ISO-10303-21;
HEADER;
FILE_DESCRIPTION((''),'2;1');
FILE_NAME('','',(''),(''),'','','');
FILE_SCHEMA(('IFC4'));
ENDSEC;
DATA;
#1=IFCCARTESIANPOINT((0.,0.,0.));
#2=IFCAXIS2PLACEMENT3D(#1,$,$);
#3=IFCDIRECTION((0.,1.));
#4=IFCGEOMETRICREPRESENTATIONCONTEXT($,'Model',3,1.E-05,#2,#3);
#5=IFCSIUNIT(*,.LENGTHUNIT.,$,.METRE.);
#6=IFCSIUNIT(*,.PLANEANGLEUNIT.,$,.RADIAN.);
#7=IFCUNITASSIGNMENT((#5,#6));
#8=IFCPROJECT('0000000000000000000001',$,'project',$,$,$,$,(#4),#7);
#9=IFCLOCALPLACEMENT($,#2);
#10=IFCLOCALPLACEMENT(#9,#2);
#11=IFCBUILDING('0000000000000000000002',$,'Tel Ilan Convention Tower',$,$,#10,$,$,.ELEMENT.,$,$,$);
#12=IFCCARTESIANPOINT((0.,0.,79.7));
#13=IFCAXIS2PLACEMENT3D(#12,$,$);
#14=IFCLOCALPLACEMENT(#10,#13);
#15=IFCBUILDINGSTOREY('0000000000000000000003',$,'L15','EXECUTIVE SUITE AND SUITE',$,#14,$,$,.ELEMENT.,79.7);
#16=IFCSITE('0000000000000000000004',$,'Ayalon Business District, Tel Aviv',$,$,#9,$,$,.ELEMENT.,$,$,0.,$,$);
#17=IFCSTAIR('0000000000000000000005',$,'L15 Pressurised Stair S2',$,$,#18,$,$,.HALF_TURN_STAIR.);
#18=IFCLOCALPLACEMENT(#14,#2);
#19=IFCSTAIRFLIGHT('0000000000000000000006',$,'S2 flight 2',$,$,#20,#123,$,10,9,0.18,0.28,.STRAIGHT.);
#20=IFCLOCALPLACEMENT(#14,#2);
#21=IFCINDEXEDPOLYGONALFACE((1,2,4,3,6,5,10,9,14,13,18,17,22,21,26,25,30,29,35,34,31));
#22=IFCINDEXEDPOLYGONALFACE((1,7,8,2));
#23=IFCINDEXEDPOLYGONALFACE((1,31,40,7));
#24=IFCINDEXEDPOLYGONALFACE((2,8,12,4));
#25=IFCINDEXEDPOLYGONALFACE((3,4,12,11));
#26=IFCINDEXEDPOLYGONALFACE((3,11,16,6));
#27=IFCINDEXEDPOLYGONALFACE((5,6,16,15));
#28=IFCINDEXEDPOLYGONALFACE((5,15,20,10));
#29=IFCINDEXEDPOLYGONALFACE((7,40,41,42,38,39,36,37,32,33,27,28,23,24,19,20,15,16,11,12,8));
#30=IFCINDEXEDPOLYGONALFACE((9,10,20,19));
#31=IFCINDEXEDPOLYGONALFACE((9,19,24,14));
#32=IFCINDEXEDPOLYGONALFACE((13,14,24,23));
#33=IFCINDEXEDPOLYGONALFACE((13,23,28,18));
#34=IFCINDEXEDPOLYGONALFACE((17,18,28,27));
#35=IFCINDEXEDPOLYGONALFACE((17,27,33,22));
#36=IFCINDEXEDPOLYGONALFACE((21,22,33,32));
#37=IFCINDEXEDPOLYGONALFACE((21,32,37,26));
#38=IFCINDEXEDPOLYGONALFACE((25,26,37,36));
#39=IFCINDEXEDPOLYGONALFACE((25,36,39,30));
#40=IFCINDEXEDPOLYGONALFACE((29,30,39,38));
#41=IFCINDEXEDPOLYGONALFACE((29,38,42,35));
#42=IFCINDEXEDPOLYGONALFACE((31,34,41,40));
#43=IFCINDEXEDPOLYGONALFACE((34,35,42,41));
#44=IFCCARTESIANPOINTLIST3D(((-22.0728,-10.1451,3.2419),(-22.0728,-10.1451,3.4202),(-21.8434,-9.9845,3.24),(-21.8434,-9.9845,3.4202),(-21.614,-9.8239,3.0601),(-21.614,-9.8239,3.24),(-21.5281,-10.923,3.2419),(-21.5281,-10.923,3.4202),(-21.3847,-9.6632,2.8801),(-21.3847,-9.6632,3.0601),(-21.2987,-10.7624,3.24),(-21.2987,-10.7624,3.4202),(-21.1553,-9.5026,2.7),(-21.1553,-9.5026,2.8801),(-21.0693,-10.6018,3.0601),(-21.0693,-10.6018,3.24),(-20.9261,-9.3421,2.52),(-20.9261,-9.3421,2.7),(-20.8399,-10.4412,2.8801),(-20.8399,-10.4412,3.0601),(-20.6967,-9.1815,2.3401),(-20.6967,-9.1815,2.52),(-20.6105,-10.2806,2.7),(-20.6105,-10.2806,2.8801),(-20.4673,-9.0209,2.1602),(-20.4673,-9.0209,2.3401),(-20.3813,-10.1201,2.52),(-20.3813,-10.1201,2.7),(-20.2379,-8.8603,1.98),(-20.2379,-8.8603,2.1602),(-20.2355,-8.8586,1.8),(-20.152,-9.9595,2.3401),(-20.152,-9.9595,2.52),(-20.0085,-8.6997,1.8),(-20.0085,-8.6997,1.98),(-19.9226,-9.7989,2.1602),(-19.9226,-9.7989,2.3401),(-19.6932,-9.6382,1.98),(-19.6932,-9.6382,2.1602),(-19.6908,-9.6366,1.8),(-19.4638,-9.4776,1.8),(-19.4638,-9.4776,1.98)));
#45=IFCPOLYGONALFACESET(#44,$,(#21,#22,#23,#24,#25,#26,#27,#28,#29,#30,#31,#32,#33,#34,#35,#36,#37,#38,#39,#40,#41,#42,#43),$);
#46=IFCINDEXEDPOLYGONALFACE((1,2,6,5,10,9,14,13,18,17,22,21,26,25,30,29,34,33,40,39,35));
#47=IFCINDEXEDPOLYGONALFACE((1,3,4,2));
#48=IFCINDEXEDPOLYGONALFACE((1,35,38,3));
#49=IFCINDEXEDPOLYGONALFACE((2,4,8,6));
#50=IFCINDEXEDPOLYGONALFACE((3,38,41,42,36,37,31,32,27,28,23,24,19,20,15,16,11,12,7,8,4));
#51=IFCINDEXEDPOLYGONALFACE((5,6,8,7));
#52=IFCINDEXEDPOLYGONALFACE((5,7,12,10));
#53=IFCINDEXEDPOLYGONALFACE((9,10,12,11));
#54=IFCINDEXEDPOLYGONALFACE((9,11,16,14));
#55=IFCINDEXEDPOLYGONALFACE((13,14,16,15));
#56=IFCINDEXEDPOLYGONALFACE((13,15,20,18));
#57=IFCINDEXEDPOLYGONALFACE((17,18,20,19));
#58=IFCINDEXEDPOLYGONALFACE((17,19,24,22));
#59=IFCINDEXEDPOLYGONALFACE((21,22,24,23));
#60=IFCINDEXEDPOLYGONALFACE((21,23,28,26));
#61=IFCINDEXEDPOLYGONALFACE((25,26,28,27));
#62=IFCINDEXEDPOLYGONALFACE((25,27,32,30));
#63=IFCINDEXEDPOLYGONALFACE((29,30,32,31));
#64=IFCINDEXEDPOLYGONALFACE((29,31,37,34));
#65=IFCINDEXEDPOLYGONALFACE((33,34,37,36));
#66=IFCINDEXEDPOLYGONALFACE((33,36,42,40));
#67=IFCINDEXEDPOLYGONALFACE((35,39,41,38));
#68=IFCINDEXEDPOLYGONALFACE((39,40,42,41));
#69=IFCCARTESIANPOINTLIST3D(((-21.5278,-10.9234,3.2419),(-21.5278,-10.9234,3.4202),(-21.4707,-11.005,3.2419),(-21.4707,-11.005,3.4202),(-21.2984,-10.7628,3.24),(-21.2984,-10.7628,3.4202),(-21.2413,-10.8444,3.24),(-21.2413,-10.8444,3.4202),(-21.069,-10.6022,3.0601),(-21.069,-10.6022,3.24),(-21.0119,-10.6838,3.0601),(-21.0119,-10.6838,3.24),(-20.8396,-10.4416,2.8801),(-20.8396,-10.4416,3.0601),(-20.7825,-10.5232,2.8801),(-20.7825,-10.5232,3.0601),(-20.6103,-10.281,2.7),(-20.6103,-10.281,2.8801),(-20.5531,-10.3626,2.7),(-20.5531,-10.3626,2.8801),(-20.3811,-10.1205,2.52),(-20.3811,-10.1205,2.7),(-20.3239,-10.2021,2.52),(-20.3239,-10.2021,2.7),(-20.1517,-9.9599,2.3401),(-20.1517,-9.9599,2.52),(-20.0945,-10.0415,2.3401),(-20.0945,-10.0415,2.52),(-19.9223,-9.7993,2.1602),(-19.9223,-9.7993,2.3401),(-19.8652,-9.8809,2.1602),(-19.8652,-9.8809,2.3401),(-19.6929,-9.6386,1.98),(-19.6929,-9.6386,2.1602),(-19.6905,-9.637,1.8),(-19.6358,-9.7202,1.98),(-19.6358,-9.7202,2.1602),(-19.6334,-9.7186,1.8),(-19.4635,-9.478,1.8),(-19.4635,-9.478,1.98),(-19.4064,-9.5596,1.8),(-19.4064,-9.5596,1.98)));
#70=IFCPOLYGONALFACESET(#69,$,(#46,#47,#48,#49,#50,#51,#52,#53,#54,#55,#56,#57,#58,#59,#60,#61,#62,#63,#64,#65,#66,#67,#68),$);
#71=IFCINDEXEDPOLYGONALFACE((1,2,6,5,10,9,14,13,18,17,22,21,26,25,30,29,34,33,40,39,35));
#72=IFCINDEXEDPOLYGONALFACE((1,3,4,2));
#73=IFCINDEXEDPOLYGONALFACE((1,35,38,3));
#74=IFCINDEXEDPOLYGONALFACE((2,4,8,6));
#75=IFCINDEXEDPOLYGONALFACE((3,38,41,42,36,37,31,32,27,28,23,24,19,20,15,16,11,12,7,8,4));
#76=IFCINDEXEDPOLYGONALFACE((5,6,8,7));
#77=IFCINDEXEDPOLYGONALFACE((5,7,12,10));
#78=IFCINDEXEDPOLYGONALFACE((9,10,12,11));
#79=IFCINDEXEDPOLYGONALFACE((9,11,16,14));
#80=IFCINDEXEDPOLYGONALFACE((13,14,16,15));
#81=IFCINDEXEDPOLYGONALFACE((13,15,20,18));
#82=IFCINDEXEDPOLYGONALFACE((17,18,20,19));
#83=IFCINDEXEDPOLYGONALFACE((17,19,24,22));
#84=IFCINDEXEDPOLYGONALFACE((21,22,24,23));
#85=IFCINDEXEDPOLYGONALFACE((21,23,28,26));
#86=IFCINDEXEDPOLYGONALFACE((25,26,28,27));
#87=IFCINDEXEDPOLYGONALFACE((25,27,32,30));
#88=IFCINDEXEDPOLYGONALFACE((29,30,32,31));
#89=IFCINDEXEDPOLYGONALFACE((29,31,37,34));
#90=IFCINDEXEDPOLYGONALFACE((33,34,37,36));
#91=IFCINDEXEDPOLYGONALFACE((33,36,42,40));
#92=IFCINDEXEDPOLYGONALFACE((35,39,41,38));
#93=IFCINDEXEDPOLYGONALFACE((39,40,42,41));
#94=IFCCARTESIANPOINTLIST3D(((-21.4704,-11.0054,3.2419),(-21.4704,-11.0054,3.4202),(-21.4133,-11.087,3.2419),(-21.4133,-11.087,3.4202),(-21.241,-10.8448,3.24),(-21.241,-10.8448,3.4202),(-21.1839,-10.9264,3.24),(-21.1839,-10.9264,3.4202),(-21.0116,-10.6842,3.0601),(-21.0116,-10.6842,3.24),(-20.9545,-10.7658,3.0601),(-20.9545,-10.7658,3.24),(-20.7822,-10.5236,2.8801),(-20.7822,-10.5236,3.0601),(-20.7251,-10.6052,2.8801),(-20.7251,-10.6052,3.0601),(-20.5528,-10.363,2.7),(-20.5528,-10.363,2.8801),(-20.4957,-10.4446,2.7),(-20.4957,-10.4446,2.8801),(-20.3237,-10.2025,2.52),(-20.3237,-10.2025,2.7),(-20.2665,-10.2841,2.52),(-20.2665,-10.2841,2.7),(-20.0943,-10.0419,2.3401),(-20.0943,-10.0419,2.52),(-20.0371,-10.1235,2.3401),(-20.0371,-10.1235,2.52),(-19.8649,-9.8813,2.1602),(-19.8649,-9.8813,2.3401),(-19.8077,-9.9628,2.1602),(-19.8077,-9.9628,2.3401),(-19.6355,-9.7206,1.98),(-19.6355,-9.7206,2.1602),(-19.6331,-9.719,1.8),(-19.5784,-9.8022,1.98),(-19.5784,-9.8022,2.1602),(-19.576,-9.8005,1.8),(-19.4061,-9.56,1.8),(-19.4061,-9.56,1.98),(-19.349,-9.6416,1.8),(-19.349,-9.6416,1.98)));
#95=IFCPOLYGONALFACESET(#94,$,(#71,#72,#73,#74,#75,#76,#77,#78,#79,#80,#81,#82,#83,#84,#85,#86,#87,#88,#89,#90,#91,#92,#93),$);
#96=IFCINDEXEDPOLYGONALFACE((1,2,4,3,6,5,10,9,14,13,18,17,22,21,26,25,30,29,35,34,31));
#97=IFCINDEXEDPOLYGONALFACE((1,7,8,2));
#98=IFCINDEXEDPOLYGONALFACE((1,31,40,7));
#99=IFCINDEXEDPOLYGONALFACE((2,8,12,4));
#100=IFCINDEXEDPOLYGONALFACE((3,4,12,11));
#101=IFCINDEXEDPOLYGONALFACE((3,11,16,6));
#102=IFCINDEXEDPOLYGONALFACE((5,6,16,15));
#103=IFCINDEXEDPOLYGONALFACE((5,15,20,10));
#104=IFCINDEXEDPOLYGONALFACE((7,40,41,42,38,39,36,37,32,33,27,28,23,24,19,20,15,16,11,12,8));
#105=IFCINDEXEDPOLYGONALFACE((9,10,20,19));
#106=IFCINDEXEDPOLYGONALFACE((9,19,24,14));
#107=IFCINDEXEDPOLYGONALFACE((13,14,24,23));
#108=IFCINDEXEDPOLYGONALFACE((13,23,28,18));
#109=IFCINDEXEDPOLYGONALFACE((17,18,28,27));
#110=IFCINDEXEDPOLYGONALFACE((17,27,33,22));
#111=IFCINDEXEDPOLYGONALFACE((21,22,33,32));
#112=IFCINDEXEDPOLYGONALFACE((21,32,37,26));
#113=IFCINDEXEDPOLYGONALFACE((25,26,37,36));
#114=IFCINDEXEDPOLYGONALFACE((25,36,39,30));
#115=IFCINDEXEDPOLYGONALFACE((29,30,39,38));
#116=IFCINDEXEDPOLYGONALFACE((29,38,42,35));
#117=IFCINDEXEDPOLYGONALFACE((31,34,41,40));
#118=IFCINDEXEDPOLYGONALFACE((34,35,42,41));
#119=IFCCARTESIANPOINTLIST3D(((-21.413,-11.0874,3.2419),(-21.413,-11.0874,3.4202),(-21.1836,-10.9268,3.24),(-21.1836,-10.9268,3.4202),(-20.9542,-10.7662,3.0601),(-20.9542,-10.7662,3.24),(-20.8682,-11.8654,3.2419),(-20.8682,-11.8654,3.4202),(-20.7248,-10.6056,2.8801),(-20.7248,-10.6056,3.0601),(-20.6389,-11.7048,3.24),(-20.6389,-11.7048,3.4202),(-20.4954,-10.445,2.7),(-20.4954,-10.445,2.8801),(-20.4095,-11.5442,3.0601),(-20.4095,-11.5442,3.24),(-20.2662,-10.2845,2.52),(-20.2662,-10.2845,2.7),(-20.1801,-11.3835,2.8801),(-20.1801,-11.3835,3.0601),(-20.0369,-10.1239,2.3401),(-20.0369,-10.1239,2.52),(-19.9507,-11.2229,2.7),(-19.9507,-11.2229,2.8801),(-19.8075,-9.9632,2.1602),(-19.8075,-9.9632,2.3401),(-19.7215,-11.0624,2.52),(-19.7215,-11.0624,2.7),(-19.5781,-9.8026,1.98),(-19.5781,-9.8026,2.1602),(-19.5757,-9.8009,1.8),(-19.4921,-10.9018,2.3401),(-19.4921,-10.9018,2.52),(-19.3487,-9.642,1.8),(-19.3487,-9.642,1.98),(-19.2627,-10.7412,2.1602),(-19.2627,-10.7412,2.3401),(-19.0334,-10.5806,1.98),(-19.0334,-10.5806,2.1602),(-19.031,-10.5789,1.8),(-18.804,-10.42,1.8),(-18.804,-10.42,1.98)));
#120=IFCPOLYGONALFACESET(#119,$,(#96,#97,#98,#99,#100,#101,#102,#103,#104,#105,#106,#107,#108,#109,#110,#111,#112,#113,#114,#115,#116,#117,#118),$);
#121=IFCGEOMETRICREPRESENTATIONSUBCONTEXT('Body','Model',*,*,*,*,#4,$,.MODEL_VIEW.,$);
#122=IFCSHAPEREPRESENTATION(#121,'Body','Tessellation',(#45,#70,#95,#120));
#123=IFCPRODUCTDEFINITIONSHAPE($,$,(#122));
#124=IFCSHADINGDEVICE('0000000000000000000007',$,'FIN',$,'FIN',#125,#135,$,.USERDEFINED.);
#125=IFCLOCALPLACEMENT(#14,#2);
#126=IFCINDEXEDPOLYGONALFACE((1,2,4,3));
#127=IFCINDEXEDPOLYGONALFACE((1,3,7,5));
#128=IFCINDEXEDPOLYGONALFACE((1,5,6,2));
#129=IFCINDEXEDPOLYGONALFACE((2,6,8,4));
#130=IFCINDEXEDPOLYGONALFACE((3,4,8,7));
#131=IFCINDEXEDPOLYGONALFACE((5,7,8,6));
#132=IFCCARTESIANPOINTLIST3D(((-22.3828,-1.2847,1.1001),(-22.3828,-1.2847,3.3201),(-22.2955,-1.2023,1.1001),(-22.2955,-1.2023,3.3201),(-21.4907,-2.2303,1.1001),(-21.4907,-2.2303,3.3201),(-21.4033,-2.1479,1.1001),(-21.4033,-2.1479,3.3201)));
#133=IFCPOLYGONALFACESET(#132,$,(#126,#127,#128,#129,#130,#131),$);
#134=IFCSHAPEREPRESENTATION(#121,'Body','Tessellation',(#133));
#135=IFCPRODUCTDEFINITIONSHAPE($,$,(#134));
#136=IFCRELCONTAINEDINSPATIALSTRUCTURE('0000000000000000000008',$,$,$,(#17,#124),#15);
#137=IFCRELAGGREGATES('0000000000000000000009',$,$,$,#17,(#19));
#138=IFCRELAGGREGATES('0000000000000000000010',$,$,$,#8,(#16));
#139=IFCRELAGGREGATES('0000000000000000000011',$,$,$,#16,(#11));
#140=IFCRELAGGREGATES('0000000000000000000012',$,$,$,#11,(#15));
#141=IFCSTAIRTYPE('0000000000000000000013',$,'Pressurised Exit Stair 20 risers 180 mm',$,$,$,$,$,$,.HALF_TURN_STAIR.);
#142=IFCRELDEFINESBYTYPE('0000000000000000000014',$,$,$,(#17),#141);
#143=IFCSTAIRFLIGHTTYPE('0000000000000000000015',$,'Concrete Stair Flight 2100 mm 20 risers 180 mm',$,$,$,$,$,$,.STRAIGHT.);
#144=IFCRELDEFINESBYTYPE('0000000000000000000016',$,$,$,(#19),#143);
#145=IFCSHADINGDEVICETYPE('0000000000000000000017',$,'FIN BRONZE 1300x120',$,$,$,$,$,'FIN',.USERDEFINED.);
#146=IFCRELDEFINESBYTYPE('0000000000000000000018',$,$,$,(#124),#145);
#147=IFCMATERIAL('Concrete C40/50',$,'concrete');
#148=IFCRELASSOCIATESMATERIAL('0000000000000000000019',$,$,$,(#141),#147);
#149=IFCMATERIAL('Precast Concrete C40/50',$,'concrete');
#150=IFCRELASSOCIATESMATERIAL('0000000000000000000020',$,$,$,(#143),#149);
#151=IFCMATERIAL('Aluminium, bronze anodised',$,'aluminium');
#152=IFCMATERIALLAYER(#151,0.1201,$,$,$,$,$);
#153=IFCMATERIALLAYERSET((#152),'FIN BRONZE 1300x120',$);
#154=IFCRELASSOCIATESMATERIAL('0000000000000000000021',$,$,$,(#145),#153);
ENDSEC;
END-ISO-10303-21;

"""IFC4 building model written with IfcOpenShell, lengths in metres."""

from ifc_helpers import new_model, si_unit, direction, frame, origin, origin_2d, place, context, subcontext, project, spatial, polyline, rectangle, outline, extrude, material, layer, layer_set, type_object, element, aggregate, save


model = new_model("IFC4")

# Units and contexts
model_context = context("Model", 3, precision=1e-05, world=origin(), true_north=direction((0.0, 1.0)))
body_context = subcontext(model_context, "Body", "Model", "MODEL_VIEW")
ifc_project = project(units=[si_unit("LENGTHUNIT", "METRE"), si_unit("PLANEANGLEUNIT", "RADIAN")], contexts=[model_context])

# Site, building, storey
site_placement = place(None, origin())
site = spatial("IfcSite", under=ifc_project, at=site_placement, Name="Ayalon Business District, Tel Aviv", CompositionType="ELEMENT", RefElevation=0.0)
building_placement = place(site_placement, origin())
building = spatial("IfcBuilding", under=site, at=building_placement, Name="Tel Ilan Convention Tower", CompositionType="ELEMENT")
storey_placement = place(building_placement, frame((0.0, 0.0, 79.7)))
storey = spatial("IfcBuildingStorey", under=building, at=storey_placement, Name="L15", Description="EXECUTIVE SUITE AND SUITE", CompositionType="ELEMENT", Elevation=79.7)

# Stair, stair flight
ifc_material_1 = material(Name="Concrete C40/50", Category="concrete")
stair_type = type_object("IfcStairType", Name="Pressurised Exit Stair 20 risers 180 mm", PredefinedType="HALF_TURN_STAIR", material=ifc_material_1)
ifc_material_2 = material(Name="Precast Concrete C40/50", Category="concrete")
stair_flight_type = type_object("IfcStairFlightType", Name="Concrete Stair Flight 2100 mm 20 risers 180 mm", PredefinedType="STRAIGHT", material=ifc_material_2)
stair_1_placement = place(storey_placement, origin())
stair_1 = element("IfcStair", 1, at=stair_1_placement, inside=storey, type_object=stair_type, Name="L15 Pressurised Stair S2", PredefinedType="HALF_TURN_STAIR")
stair_flight_1_placement = place(storey_placement, frame((-19.4062, -9.5598, 1.8), z_axis=(0.0, 0.0, 1.0), x_axis=(-0.819152, -0.573576, 0.0)))
stair_flight_1 = element("IfcStairFlight", 2, at=stair_flight_1_placement, type_object=stair_flight_type, Name="S2 flight 2", NumberOfRisers=10, NumberOfTreads=9, PredefinedType="STRAIGHT", RiserHeight=0.18, TreadLength=0.28, context=body_context, shape_type="SweptSolid", body=[
    extrude(outline(polyline([(0.0, 0.0), (0.0, 0.1799), (0.28, 0.1799), (0.28, 0.3601), (0.5601, 0.3601), (0.5601, 0.54), (0.8401, 0.54), (0.8401, 0.72), (1.1201, 0.72), (1.1201, 0.8999), (1.3999, 0.8999), (1.3999, 1.0801), (1.6799, 1.0801), (1.6799, 1.26), (1.96, 1.26), (1.96, 1.4399), (2.24, 1.4399), (2.24, 1.6201), (2.52, 1.6201), (2.52, 1.8), (2.52, 1.4419), (0.2771, 0.0), (0.0, 0.0)])), frame((0.0, -0.1003, 0.0), z_axis=(0.0, -1.0, 0.0), x_axis=(1.0, 0.0, 0.0)), (0.0, 0.0, 1.0), 0.9497),
    extrude(outline(polyline([(0.0, 0.0), (0.0, 0.1799), (0.28, 0.1799), (0.28, 0.3601), (0.5601, 0.3601), (0.5601, 0.54), (0.8401, 0.54), (0.8401, 0.72), (1.1201, 0.72), (1.1201, 0.8999), (1.3999, 0.8999), (1.3999, 1.0801), (1.6799, 1.0801), (1.6799, 1.26), (1.96, 1.26), (1.96, 1.4399), (2.24, 1.4399), (2.24, 1.6201), (2.52, 1.6201), (2.52, 1.8), (2.52, 1.4419), (0.2771, 0.0), (0.0, 0.0)])), frame((0.0, -0.0002, 0.0), z_axis=(0.0, -1.0, 0.0), x_axis=(1.0, 0.0, 0.0)), (0.0, 0.0, 1.0), 0.0996),
    extrude(outline(polyline([(0.0, 0.0), (0.0, 0.1799), (0.28, 0.1799), (0.28, 0.3601), (0.5601, 0.3601), (0.5601, 0.54), (0.8401, 0.54), (0.8401, 0.72), (1.1201, 0.72), (1.1201, 0.8999), (1.3999, 0.8999), (1.3999, 1.0801), (1.6799, 1.0801), (1.6799, 1.26), (1.96, 1.26), (1.96, 1.4399), (2.24, 1.4399), (2.24, 1.6201), (2.52, 1.6201), (2.52, 1.8), (2.52, 1.4419), (0.2771, 0.0), (0.0, 0.0)])), frame((0.0, 0.0999, 0.0), z_axis=(0.0, -1.0, 0.0), x_axis=(1.0, 0.0, 0.0)), (0.0, 0.0, 1.0), 0.0996),
    extrude(outline(polyline([(0.0, 0.0), (0.0, 0.1799), (0.28, 0.1799), (0.28, 0.3601), (0.5601, 0.3601), (0.5601, 0.54), (0.8401, 0.54), (0.8401, 0.72), (1.1201, 0.72), (1.1201, 0.8999), (1.3999, 0.8999), (1.3999, 1.0801), (1.6799, 1.0801), (1.6799, 1.26), (1.96, 1.26), (1.96, 1.4399), (2.24, 1.4399), (2.24, 1.6201), (2.52, 1.6201), (2.52, 1.8), (2.52, 1.4419), (0.2771, 0.0), (0.0, 0.0)])), frame((0.0, 1.05, 0.0), z_axis=(0.0, -1.0, 0.0), x_axis=(1.0, 0.0, 0.0)), (0.0, 0.0, 1.0), 0.9497),
])
aggregate(stair_1, [stair_flight_1])

# Shading device
ifc_material_3 = material(Name="Aluminium, bronze anodised", Category="aluminium")
ifc_layer_1 = layer(ifc_material_3, 0.1201)
ifc_layer_set_1 = layer_set([ifc_layer_1], Name="FIN BRONZE 1300x120")
shading_device_type = type_object("IfcShadingDeviceType", Name="FIN BRONZE 1300x120", ElementType="FIN", PredefinedType="USERDEFINED", material=ifc_layer_set_1)
shading_device_placement = place(storey_placement, frame((-21.8931, -1.7163, 1.1001), z_axis=(0.0, 0.0, 1.0), x_axis=(-0.686242, 0.727374, 0.0)))
element("IfcShadingDevice", 3, at=shading_device_placement, inside=storey, type_object=shading_device_type, Name="FIN", ObjectType="FIN", PredefinedType="USERDEFINED", context=body_context, shape_type="SweptSolid", body=[
    extrude(rectangle(XDim=1.3, YDim=0.1201, at=origin_2d()), origin(), (0.0, 0.0, 1.0), 2.22),
])

save(model, "model.ifc")
